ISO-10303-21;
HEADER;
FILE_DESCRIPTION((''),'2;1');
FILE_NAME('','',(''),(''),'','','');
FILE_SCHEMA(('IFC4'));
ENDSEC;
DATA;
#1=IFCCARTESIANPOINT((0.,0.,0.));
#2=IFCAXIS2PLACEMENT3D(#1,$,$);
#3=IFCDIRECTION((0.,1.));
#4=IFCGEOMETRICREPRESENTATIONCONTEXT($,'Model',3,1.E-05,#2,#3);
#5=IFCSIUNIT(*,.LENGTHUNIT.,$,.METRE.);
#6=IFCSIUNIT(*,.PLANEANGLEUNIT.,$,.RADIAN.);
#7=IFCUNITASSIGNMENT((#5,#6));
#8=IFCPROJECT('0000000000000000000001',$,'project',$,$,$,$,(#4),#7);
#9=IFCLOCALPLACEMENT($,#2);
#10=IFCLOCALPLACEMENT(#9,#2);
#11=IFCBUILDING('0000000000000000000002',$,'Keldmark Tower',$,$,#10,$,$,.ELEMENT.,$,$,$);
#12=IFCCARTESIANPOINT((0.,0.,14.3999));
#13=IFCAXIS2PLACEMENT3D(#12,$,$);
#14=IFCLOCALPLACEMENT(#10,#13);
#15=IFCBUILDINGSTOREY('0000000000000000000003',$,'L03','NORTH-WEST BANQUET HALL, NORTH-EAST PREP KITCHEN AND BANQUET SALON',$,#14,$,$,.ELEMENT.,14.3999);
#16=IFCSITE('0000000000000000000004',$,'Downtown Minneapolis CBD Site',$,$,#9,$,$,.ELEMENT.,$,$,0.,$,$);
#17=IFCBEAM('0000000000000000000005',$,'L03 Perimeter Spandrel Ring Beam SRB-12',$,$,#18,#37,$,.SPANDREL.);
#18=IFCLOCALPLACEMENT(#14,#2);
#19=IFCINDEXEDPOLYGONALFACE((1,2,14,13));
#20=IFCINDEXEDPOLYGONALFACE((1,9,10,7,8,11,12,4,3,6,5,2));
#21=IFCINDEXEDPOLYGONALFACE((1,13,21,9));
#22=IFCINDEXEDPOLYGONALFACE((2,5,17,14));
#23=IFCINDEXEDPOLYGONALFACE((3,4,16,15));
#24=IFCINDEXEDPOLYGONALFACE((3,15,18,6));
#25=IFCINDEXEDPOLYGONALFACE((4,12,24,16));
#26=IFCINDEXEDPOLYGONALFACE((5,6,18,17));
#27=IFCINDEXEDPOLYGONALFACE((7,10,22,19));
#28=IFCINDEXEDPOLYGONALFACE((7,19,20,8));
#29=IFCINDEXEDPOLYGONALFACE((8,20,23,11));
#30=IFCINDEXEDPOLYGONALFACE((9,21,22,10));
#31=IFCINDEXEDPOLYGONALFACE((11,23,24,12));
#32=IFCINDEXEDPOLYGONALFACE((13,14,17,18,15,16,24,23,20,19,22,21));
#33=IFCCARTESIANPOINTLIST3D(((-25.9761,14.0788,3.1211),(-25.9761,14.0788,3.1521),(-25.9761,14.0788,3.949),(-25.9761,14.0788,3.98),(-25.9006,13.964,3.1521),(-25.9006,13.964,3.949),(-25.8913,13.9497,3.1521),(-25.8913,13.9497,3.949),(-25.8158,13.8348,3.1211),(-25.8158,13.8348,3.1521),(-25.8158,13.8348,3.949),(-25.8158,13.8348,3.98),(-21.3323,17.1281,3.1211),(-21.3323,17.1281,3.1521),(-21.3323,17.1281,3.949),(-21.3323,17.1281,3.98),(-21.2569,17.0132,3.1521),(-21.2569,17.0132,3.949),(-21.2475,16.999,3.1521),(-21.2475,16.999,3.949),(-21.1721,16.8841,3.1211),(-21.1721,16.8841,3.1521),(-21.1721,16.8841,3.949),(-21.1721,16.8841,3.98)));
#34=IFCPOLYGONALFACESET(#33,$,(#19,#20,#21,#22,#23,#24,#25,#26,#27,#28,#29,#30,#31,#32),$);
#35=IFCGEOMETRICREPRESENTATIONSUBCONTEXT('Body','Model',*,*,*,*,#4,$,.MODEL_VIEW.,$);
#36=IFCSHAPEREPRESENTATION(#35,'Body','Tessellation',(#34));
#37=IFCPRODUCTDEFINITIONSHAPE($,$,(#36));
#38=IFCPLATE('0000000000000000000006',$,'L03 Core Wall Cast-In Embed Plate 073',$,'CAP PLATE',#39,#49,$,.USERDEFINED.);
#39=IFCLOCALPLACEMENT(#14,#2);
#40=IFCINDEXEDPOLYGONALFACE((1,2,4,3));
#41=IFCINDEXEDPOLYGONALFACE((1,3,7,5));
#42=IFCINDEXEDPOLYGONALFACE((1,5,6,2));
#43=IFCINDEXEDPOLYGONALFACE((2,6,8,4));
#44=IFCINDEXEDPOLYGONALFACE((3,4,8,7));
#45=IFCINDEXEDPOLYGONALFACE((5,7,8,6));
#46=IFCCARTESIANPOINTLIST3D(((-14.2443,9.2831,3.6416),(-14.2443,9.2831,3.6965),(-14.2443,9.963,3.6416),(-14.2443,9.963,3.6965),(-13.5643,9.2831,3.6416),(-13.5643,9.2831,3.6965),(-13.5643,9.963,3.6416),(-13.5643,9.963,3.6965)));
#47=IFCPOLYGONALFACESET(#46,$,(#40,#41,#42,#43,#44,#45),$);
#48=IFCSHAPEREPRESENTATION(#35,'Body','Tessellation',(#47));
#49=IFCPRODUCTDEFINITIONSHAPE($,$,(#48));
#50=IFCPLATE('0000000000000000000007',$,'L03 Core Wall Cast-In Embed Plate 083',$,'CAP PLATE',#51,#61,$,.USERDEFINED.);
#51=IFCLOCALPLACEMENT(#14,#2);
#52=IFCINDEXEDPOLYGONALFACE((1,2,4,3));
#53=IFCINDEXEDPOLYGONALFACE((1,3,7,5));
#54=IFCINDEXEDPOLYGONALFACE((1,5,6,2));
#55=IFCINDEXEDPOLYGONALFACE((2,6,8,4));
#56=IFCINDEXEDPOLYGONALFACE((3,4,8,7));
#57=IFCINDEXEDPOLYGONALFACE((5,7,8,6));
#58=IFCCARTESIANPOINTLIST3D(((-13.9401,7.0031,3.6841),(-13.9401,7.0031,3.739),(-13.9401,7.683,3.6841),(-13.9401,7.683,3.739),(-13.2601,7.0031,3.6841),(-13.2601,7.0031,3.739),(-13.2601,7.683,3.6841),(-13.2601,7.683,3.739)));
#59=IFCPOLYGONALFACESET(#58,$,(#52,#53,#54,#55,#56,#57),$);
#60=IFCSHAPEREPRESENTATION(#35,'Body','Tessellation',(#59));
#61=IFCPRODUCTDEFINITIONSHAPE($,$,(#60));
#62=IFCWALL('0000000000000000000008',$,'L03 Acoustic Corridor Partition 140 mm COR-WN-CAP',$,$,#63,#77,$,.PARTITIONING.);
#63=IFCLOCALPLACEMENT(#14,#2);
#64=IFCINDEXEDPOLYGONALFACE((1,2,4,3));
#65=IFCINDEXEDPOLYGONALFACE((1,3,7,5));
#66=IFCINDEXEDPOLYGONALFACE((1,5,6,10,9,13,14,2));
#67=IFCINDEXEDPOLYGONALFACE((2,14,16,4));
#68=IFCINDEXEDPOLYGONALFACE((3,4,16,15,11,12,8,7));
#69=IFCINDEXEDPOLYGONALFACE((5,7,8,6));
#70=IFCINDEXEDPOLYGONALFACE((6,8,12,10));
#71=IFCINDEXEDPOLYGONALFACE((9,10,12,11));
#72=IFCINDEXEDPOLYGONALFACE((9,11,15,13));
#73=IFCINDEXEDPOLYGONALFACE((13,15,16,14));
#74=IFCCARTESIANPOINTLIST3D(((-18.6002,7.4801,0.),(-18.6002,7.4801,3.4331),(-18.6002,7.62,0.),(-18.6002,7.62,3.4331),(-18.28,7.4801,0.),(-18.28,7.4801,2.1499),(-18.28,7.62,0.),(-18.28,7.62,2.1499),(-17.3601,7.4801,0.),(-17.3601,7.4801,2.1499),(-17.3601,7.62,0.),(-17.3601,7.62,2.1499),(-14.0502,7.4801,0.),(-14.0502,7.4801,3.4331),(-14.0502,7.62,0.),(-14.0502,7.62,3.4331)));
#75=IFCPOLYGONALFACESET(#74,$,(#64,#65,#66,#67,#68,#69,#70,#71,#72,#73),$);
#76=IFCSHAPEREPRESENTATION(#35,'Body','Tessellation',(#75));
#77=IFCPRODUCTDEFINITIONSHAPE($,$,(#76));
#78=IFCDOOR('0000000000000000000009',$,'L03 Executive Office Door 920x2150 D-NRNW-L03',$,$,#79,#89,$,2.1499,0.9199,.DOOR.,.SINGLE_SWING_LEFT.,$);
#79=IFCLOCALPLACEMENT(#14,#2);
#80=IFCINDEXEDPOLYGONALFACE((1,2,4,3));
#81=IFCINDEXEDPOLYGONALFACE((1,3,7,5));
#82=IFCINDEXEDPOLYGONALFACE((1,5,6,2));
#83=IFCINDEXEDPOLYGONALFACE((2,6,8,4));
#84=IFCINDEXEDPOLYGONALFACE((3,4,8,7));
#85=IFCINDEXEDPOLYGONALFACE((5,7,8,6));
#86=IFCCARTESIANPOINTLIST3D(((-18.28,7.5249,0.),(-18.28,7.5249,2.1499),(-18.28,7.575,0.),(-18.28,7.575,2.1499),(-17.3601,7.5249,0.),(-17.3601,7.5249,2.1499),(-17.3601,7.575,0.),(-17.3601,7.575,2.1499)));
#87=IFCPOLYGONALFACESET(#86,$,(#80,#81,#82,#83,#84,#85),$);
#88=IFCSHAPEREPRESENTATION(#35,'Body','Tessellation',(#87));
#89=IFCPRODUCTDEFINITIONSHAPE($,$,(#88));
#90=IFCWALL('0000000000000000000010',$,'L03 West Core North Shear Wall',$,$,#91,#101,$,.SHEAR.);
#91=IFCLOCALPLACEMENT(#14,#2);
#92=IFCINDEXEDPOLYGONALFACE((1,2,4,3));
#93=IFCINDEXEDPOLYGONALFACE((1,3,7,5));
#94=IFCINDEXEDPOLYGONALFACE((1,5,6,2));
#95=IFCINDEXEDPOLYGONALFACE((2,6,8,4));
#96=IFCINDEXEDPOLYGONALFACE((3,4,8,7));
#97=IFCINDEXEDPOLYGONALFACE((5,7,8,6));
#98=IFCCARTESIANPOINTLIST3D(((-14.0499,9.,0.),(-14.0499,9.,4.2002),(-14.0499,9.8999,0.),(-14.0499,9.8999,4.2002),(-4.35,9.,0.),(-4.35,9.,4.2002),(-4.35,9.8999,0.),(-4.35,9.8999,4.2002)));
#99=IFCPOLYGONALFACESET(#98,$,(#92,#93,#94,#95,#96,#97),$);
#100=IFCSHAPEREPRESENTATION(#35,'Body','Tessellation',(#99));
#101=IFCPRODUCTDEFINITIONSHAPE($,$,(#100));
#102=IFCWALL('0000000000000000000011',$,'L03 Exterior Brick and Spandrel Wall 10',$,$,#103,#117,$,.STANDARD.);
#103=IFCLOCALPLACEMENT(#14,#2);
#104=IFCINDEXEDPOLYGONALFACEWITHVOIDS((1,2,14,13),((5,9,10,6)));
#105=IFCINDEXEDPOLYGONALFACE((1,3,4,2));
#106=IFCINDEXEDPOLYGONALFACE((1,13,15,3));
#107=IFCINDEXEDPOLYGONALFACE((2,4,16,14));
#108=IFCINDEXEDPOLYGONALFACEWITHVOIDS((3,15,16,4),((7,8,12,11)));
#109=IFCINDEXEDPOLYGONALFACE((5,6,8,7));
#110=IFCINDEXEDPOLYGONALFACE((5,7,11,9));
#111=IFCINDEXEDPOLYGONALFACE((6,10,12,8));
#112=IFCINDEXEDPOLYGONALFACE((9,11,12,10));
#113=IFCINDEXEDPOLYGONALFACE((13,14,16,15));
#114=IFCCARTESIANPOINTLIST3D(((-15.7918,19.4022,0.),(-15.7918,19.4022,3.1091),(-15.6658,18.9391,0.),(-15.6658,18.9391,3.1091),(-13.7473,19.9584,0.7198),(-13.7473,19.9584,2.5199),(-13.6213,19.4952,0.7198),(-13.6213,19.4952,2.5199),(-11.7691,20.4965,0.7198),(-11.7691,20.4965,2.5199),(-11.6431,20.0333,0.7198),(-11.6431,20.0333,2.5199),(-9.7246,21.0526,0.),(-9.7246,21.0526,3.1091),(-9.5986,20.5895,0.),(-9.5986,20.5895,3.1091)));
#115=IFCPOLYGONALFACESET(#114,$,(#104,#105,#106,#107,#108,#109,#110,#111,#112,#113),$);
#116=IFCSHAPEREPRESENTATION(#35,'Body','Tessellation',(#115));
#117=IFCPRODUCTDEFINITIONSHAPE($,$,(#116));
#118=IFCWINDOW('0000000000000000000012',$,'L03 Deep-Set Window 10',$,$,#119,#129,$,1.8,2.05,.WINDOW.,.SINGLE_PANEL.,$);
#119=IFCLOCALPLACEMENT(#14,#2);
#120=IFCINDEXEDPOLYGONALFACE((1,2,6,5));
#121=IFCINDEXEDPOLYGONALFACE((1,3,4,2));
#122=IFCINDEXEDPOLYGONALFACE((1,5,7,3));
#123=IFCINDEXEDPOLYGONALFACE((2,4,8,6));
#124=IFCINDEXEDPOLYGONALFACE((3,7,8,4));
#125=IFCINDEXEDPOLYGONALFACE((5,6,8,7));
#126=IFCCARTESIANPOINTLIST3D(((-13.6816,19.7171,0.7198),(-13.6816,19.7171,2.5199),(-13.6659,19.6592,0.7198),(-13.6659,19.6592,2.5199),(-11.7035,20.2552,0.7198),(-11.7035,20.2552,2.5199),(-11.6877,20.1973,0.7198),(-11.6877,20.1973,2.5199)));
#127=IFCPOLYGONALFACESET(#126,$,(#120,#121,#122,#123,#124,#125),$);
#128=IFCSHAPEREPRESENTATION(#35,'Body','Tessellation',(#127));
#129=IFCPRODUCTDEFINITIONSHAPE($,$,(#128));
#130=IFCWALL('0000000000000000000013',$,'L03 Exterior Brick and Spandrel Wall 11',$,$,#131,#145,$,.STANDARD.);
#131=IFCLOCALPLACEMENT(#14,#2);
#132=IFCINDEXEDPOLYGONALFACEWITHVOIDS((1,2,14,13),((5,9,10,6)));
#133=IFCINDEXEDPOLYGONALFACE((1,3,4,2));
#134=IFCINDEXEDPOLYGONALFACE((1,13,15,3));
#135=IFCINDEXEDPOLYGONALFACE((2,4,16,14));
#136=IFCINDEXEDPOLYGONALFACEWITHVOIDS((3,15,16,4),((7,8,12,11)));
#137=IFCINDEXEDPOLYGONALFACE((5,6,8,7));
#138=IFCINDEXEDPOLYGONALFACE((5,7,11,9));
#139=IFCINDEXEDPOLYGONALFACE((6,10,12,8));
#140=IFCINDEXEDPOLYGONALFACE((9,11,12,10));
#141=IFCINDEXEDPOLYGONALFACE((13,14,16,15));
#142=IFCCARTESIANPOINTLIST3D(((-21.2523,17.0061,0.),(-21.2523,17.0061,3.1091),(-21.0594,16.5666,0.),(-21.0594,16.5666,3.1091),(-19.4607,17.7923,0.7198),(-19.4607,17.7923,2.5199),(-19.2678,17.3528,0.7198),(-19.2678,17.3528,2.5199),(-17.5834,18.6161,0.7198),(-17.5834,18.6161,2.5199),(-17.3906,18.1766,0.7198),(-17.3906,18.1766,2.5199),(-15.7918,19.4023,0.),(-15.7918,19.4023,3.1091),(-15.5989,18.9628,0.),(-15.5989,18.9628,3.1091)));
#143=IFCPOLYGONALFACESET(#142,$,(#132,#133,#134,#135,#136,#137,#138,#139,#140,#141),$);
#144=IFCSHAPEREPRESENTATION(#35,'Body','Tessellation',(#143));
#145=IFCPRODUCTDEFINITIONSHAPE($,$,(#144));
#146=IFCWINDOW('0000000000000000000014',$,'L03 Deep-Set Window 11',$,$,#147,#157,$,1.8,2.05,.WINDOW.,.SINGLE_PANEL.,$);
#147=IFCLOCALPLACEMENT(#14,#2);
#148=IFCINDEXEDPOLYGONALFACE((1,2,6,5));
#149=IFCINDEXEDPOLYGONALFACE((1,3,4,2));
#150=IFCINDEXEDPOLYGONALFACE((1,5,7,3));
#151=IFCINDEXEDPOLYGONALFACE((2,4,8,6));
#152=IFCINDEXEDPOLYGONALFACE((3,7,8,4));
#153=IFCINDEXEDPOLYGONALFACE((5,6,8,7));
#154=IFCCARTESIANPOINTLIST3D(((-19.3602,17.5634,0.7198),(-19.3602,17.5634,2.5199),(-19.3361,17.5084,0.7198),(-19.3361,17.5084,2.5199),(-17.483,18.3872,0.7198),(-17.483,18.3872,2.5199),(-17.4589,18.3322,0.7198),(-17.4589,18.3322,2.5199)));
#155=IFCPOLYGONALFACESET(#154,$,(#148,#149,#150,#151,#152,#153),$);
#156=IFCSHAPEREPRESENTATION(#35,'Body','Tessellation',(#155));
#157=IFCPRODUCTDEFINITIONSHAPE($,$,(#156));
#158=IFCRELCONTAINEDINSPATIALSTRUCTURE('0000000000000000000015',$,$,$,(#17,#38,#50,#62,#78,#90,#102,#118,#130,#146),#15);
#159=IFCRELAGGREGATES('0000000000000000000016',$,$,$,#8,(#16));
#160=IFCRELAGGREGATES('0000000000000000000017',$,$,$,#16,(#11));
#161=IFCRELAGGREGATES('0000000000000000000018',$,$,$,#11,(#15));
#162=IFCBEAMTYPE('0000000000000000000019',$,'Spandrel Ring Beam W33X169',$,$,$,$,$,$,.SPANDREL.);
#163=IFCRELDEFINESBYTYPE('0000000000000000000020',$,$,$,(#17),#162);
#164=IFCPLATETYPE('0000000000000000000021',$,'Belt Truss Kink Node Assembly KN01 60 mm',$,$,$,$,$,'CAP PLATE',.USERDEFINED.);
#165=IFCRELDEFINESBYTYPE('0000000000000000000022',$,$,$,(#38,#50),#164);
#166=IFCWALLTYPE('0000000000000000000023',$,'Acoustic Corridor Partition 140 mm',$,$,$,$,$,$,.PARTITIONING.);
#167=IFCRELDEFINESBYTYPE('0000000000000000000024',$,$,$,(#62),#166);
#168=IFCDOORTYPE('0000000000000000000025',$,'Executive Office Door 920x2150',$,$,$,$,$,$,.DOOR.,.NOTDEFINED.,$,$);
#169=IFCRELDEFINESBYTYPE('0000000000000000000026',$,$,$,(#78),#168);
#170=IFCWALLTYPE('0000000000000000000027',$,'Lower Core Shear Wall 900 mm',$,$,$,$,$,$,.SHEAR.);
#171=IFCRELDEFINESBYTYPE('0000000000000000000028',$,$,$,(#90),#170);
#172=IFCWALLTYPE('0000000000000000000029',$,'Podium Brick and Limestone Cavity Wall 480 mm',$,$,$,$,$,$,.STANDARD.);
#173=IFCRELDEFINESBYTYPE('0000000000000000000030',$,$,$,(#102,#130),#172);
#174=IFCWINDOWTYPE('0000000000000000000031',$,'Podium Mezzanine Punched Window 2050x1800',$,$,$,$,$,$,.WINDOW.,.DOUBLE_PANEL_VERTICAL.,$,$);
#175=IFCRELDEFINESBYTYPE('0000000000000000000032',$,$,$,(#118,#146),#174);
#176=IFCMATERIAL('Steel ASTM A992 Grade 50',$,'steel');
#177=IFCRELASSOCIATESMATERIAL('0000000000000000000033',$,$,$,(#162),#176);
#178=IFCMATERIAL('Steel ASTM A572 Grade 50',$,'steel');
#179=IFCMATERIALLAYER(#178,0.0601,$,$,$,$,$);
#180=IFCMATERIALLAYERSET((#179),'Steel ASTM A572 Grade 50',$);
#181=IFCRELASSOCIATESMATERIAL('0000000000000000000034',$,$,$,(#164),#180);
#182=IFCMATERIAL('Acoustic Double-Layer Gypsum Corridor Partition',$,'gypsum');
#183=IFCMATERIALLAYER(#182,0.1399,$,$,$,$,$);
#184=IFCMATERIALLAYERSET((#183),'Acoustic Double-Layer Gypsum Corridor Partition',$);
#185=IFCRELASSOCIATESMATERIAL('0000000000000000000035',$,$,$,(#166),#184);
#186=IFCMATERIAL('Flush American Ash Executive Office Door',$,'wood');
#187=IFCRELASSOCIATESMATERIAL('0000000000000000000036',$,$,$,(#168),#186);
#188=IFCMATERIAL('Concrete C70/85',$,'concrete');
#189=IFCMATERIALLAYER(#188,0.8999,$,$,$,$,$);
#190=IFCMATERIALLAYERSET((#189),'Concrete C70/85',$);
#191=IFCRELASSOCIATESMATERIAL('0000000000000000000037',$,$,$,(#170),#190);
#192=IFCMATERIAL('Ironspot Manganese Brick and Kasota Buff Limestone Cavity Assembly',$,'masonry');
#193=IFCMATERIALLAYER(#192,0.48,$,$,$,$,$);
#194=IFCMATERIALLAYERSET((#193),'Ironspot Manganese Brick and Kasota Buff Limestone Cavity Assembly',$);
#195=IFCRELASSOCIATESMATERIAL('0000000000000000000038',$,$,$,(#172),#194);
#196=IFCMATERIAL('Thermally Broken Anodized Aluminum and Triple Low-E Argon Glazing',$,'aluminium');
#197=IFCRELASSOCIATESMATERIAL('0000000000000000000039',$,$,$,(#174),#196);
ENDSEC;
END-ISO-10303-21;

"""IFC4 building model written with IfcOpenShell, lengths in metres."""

from ifc_helpers import new_model, si_unit, direction, frame, frame_2d, origin, origin_2d, place, context, subcontext, project, spatial, rectangle, i_section, extrude, material, layer, layer_set, material_profile, profile_set, type_object, element, fill, save


model = new_model("IFC4")

# Units and contexts
model_context = context("Model", 3, precision=1e-05, world=origin(), true_north=direction((0.0, 1.0)))
body_context = subcontext(model_context, "Body", "Model", "MODEL_VIEW")
ifc_project = project(units=[si_unit("LENGTHUNIT", "METRE"), si_unit("PLANEANGLEUNIT", "RADIAN")], contexts=[model_context])

# Site, building, storey
site_placement = place(None, origin())
site = spatial("IfcSite", under=ifc_project, at=site_placement, Name="Downtown Minneapolis CBD Site", CompositionType="ELEMENT", RefElevation=0.0)
building_placement = place(site_placement, origin())
building = spatial("IfcBuilding", under=site, at=building_placement, Name="Keldmark Tower", CompositionType="ELEMENT")
storey_placement = place(building_placement, frame((0.0, 0.0, 14.3999)))
storey = spatial("IfcBuildingStorey", under=building, at=storey_placement, Name="L03", Description="NORTH-WEST BANQUET HALL, NORTH-EAST PREP KITCHEN AND BANQUET SALON", CompositionType="ELEMENT", Elevation=14.3999)

# Beam
ifc_material_1 = material(Name="Steel ASTM A992 Grade 50", Category="steel")
ifc_material_profile_1 = material_profile(ifc_material_1, i_section(OverallWidth=0.292, OverallDepth=0.8589, WebThickness=0.0171, FlangeThickness=0.031, at=origin_2d()), Name="W33X169")
ifc_profile_set_1 = profile_set([ifc_material_profile_1], Name="Steel ASTM A992 Grade 50")
beam_type_1 = type_object("IfcBeamType", Name="Spandrel Ring Beam W33X169", PredefinedType="SPANDREL", material=ifc_profile_set_1)
beam_1_placement = place(storey_placement, frame((-21.2522, 17.0061, 3.5505), z_axis=(-0.835897, -0.548886, 0.0), x_axis=(0.548886, -0.835897, 0.0)))
element("IfcBeam", 1, at=beam_1_placement, inside=storey, type_object=beam_type_1, Name="L03 Perimeter Spandrel Ring Beam SRB-12", PredefinedType="SPANDREL", context=body_context, shape_type="SweptSolid", body=[
    extrude(i_section(OverallWidth=0.292, OverallDepth=0.8589, WebThickness=0.0171, FlangeThickness=0.031, at=origin_2d()), origin(), (0.0, 0.0, 1.0), 5.5554),
])

# Plates
ifc_material_2 = material(Name="Steel ASTM A572 Grade 50", Category="steel")
ifc_layer_1 = layer(ifc_material_2, 0.0601)
ifc_layer_set_1 = layer_set([ifc_layer_1], Name="Steel ASTM A572 Grade 50")
plate_type = type_object("IfcPlateType", Name="Belt Truss Kink Node Assembly KN01 60 mm", ElementType="CAP PLATE", PredefinedType="USERDEFINED", material=ifc_layer_set_1)
for number, where, z_axis, x_axis, name in (
    (2, (-13.9043, 9.623, 3.6416), (0.0, 0.0, 1.0), (1.0, 0.0, 0.0), "L03 Core Wall Cast-In Embed Plate 073"),
    (3, (-13.6001, 7.343, 3.6841), (0.0, 0.0, 1.0), (1.0, 0.0, 0.0), "L03 Core Wall Cast-In Embed Plate 083"),
):
    element("IfcPlate", number, at=place(storey_placement, frame(where, z_axis=z_axis, x_axis=x_axis)), inside=storey, type_object=plate_type, Name=name, ObjectType="CAP PLATE", PredefinedType="USERDEFINED", context=body_context, shape_type="SweptSolid", body=[
        extrude(rectangle(XDim=0.6799, YDim=0.6799, at=origin_2d()), origin(), (0.0, 0.0, 1.0), 0.0549),
    ])

# Wall, opening, door
ifc_material_3 = material(Name="Acoustic Double-Layer Gypsum Corridor Partition", Category="gypsum")
ifc_layer_2 = layer(ifc_material_3, 0.1399)
ifc_layer_set_2 = layer_set([ifc_layer_2], Name="Acoustic Double-Layer Gypsum Corridor Partition")
wall_type_1 = type_object("IfcWallType", Name="Acoustic Corridor Partition 140 mm", PredefinedType="PARTITIONING", material=ifc_layer_set_2)
wall_1_placement = place(storey_placement, frame((-18.6001, 7.55, 0.0), z_axis=(0.0, 0.0, 1.0), x_axis=(1.0, 0.0, 0.0)))
wall_1 = element("IfcWall", 4, at=wall_1_placement, inside=storey, type_object=wall_type_1, Name="L03 Acoustic Corridor Partition 140 mm COR-WN-CAP", PredefinedType="PARTITIONING", context=body_context, shape_type="SweptSolid", body=[
    extrude(rectangle(XDim=4.55, YDim=0.1399, at=frame_2d((2.2749, 0.0))), origin(), (0.0, 0.0, 1.0), 3.4331),
])
opening_1_placement = place(wall_1_placement, frame((0.3201, 0.0, 0.0)))
opening_1 = element("IfcOpeningElement", 5, at=opening_1_placement, cuts=wall_1, PredefinedType="OPENING", context=body_context, shape_type="SweptSolid", body=[
    extrude(rectangle(XDim=0.9199, YDim=2.1499, at=frame_2d((0.46, 1.075))), frame((0.0, 0.0798, 0.0), z_axis=(0.0, -1.0, 0.0), x_axis=(1.0, 0.0, 0.0)), (0.0, 0.0, 1.0), 0.1599),
])
ifc_material_4 = material(Name="Flush American Ash Executive Office Door", Category="wood")
door_type = type_object("IfcDoorType", Name="Executive Office Door 920x2150", OperationType="NOTDEFINED", PredefinedType="DOOR", material=ifc_material_4)
door_placement = place(opening_1_placement, origin())
door = element("IfcDoor", 6, at=door_placement, inside=storey, type_object=door_type, Name="L03 Executive Office Door 920x2150 D-NRNW-L03", OperationType="SINGLE_SWING_LEFT", OverallHeight=2.1499, OverallWidth=0.9199, PredefinedType="DOOR", context=body_context, shape_type="SweptSolid", body=[
    extrude(rectangle(XDim=0.9199, YDim=2.1499, at=frame_2d((0.46, 1.075))), frame((0.0, 0.0249, 0.0), z_axis=(0.0, -1.0, 0.0), x_axis=(1.0, 0.0, 0.0)), (0.0, 0.0, 1.0), 0.05),
])
fill(opening_1, door)

# Wall
ifc_material_5 = material(Name="Concrete C70/85", Category="concrete")
ifc_layer_3 = layer(ifc_material_5, 0.8999)
ifc_layer_set_3 = layer_set([ifc_layer_3], Name="Concrete C70/85")
wall_type_2 = type_object("IfcWallType", Name="Lower Core Shear Wall 900 mm", PredefinedType="SHEAR", material=ifc_layer_set_3)
wall_2_placement = place(storey_placement, frame((-14.05, 9.45, 0.0), z_axis=(0.0, 0.0, 1.0), x_axis=(1.0, 0.0, 0.0)))
element("IfcWall", 7, at=wall_2_placement, inside=storey, type_object=wall_type_2, Name="L03 West Core North Shear Wall", PredefinedType="SHEAR", context=body_context, shape_type="SweptSolid", body=[
    extrude(rectangle(XDim=9.7, YDim=0.8999, at=frame_2d((4.8501, 0.0))), origin(), (0.0, 0.0, 1.0), 4.2002),
])

# Walls, openings, windows
ifc_material_6 = material(Name="Ironspot Manganese Brick and Kasota Buff Limestone Cavity Assembly", Category="masonry")
ifc_layer_4 = layer(ifc_material_6, 0.48)
ifc_layer_set_4 = layer_set([ifc_layer_4], Name="Ironspot Manganese Brick and Kasota Buff Limestone Cavity Assembly")
wall_type_3 = type_object("IfcWallType", Name="Podium Brick and Limestone Cavity Wall 480 mm", PredefinedType="STANDARD", material=ifc_layer_set_4)
wall_3_placement = place(storey_placement, frame((-15.7288, 19.1707, 0.0), z_axis=(0.0, 0.0, 1.0), x_axis=(0.964937, 0.262483, 0.0)))
wall_3 = element("IfcWall", 8, at=wall_3_placement, inside=storey, type_object=wall_type_3, Name="L03 Exterior Brick and Spandrel Wall 10", PredefinedType="STANDARD", context=body_context, shape_type="SweptSolid", body=[
    extrude(rectangle(XDim=6.2876, YDim=0.48, at=frame_2d((3.1438, 0.0))), origin(), (0.0, 0.0, 1.0), 3.1091),
])
opening_2_placement = place(wall_3_placement, frame((2.1189, 0.0, 0.72)))
opening_2 = element("IfcOpeningElement", 9, at=opening_2_placement, cuts=wall_3, PredefinedType="OPENING", context=body_context, shape_type="SweptSolid", body=[
    extrude(rectangle(XDim=2.05, YDim=1.8, at=frame_2d((1.0249, 0.8999))), frame((0.0, 0.25, 0.0), z_axis=(0.0, -1.0, 0.0), x_axis=(1.0, 0.0, 0.0)), (0.0, 0.0, 1.0), 0.5),
])
ifc_material_7 = material(Name="Thermally Broken Anodized Aluminum and Triple Low-E Argon Glazing", Category="aluminium")
window_type = type_object("IfcWindowType", Name="Podium Mezzanine Punched Window 2050x1800", PartitioningType="DOUBLE_PANEL_VERTICAL", PredefinedType="WINDOW", material=ifc_material_7)
window_1_placement = place(opening_2_placement, origin())
window_1 = element("IfcWindow", 10, at=window_1_placement, inside=storey, type_object=window_type, Name="L03 Deep-Set Window 10", OverallHeight=1.8, OverallWidth=2.05, PartitioningType="SINGLE_PANEL", PredefinedType="WINDOW", context=body_context, shape_type="SweptSolid", body=[
    extrude(rectangle(XDim=2.05, YDim=1.8, at=frame_2d((1.0249, 0.8999))), frame((0.0, -0.01, 0.0), z_axis=(0.0, -1.0, 0.0), x_axis=(1.0, 0.0, 0.0)), (0.0, 0.0, 1.0), 0.0601),
])
fill(opening_2, window_1)
wall_4_placement = place(storey_placement, frame((-21.1558, 16.7864, 0.0), z_axis=(0.0, 0.0, 1.0), x_axis=(0.915708, 0.401845, 0.0)))
wall_4 = element("IfcWall", 11, at=wall_4_placement, inside=storey, type_object=wall_type_3, Name="L03 Exterior Brick and Spandrel Wall 11", PredefinedType="STANDARD", context=body_context, shape_type="SweptSolid", body=[
    extrude(rectangle(XDim=5.9631, YDim=0.48, at=frame_2d((2.9814, 0.0))), origin(), (0.0, 0.0, 1.0), 3.1091),
])
opening_3_placement = place(wall_4_placement, frame((1.9565, 0.0, 0.72)))
opening_3 = element("IfcOpeningElement", 12, at=opening_3_placement, cuts=wall_4, PredefinedType="OPENING", context=body_context, shape_type="SweptSolid", body=[
    extrude(rectangle(XDim=2.05, YDim=1.8, at=frame_2d((1.0249, 0.8999))), frame((0.0, 0.25, 0.0), z_axis=(0.0, -1.0, 0.0), x_axis=(1.0, 0.0, 0.0)), (0.0, 0.0, 1.0), 0.5),
])
window_2_placement = place(opening_3_placement, origin())
window_2 = element("IfcWindow", 13, at=window_2_placement, inside=storey, type_object=window_type, Name="L03 Deep-Set Window 11", OverallHeight=1.8, OverallWidth=2.05, PartitioningType="SINGLE_PANEL", PredefinedType="WINDOW", context=body_context, shape_type="SweptSolid", body=[
    extrude(rectangle(XDim=2.05, YDim=1.8, at=frame_2d((1.0249, 0.8999))), frame((0.0, -0.01, 0.0), z_axis=(0.0, -1.0, 0.0), x_axis=(1.0, 0.0, 0.0)), (0.0, 0.0, 1.0), 0.0601),
])
fill(opening_3, window_2)

save(model, "model.ifc")
